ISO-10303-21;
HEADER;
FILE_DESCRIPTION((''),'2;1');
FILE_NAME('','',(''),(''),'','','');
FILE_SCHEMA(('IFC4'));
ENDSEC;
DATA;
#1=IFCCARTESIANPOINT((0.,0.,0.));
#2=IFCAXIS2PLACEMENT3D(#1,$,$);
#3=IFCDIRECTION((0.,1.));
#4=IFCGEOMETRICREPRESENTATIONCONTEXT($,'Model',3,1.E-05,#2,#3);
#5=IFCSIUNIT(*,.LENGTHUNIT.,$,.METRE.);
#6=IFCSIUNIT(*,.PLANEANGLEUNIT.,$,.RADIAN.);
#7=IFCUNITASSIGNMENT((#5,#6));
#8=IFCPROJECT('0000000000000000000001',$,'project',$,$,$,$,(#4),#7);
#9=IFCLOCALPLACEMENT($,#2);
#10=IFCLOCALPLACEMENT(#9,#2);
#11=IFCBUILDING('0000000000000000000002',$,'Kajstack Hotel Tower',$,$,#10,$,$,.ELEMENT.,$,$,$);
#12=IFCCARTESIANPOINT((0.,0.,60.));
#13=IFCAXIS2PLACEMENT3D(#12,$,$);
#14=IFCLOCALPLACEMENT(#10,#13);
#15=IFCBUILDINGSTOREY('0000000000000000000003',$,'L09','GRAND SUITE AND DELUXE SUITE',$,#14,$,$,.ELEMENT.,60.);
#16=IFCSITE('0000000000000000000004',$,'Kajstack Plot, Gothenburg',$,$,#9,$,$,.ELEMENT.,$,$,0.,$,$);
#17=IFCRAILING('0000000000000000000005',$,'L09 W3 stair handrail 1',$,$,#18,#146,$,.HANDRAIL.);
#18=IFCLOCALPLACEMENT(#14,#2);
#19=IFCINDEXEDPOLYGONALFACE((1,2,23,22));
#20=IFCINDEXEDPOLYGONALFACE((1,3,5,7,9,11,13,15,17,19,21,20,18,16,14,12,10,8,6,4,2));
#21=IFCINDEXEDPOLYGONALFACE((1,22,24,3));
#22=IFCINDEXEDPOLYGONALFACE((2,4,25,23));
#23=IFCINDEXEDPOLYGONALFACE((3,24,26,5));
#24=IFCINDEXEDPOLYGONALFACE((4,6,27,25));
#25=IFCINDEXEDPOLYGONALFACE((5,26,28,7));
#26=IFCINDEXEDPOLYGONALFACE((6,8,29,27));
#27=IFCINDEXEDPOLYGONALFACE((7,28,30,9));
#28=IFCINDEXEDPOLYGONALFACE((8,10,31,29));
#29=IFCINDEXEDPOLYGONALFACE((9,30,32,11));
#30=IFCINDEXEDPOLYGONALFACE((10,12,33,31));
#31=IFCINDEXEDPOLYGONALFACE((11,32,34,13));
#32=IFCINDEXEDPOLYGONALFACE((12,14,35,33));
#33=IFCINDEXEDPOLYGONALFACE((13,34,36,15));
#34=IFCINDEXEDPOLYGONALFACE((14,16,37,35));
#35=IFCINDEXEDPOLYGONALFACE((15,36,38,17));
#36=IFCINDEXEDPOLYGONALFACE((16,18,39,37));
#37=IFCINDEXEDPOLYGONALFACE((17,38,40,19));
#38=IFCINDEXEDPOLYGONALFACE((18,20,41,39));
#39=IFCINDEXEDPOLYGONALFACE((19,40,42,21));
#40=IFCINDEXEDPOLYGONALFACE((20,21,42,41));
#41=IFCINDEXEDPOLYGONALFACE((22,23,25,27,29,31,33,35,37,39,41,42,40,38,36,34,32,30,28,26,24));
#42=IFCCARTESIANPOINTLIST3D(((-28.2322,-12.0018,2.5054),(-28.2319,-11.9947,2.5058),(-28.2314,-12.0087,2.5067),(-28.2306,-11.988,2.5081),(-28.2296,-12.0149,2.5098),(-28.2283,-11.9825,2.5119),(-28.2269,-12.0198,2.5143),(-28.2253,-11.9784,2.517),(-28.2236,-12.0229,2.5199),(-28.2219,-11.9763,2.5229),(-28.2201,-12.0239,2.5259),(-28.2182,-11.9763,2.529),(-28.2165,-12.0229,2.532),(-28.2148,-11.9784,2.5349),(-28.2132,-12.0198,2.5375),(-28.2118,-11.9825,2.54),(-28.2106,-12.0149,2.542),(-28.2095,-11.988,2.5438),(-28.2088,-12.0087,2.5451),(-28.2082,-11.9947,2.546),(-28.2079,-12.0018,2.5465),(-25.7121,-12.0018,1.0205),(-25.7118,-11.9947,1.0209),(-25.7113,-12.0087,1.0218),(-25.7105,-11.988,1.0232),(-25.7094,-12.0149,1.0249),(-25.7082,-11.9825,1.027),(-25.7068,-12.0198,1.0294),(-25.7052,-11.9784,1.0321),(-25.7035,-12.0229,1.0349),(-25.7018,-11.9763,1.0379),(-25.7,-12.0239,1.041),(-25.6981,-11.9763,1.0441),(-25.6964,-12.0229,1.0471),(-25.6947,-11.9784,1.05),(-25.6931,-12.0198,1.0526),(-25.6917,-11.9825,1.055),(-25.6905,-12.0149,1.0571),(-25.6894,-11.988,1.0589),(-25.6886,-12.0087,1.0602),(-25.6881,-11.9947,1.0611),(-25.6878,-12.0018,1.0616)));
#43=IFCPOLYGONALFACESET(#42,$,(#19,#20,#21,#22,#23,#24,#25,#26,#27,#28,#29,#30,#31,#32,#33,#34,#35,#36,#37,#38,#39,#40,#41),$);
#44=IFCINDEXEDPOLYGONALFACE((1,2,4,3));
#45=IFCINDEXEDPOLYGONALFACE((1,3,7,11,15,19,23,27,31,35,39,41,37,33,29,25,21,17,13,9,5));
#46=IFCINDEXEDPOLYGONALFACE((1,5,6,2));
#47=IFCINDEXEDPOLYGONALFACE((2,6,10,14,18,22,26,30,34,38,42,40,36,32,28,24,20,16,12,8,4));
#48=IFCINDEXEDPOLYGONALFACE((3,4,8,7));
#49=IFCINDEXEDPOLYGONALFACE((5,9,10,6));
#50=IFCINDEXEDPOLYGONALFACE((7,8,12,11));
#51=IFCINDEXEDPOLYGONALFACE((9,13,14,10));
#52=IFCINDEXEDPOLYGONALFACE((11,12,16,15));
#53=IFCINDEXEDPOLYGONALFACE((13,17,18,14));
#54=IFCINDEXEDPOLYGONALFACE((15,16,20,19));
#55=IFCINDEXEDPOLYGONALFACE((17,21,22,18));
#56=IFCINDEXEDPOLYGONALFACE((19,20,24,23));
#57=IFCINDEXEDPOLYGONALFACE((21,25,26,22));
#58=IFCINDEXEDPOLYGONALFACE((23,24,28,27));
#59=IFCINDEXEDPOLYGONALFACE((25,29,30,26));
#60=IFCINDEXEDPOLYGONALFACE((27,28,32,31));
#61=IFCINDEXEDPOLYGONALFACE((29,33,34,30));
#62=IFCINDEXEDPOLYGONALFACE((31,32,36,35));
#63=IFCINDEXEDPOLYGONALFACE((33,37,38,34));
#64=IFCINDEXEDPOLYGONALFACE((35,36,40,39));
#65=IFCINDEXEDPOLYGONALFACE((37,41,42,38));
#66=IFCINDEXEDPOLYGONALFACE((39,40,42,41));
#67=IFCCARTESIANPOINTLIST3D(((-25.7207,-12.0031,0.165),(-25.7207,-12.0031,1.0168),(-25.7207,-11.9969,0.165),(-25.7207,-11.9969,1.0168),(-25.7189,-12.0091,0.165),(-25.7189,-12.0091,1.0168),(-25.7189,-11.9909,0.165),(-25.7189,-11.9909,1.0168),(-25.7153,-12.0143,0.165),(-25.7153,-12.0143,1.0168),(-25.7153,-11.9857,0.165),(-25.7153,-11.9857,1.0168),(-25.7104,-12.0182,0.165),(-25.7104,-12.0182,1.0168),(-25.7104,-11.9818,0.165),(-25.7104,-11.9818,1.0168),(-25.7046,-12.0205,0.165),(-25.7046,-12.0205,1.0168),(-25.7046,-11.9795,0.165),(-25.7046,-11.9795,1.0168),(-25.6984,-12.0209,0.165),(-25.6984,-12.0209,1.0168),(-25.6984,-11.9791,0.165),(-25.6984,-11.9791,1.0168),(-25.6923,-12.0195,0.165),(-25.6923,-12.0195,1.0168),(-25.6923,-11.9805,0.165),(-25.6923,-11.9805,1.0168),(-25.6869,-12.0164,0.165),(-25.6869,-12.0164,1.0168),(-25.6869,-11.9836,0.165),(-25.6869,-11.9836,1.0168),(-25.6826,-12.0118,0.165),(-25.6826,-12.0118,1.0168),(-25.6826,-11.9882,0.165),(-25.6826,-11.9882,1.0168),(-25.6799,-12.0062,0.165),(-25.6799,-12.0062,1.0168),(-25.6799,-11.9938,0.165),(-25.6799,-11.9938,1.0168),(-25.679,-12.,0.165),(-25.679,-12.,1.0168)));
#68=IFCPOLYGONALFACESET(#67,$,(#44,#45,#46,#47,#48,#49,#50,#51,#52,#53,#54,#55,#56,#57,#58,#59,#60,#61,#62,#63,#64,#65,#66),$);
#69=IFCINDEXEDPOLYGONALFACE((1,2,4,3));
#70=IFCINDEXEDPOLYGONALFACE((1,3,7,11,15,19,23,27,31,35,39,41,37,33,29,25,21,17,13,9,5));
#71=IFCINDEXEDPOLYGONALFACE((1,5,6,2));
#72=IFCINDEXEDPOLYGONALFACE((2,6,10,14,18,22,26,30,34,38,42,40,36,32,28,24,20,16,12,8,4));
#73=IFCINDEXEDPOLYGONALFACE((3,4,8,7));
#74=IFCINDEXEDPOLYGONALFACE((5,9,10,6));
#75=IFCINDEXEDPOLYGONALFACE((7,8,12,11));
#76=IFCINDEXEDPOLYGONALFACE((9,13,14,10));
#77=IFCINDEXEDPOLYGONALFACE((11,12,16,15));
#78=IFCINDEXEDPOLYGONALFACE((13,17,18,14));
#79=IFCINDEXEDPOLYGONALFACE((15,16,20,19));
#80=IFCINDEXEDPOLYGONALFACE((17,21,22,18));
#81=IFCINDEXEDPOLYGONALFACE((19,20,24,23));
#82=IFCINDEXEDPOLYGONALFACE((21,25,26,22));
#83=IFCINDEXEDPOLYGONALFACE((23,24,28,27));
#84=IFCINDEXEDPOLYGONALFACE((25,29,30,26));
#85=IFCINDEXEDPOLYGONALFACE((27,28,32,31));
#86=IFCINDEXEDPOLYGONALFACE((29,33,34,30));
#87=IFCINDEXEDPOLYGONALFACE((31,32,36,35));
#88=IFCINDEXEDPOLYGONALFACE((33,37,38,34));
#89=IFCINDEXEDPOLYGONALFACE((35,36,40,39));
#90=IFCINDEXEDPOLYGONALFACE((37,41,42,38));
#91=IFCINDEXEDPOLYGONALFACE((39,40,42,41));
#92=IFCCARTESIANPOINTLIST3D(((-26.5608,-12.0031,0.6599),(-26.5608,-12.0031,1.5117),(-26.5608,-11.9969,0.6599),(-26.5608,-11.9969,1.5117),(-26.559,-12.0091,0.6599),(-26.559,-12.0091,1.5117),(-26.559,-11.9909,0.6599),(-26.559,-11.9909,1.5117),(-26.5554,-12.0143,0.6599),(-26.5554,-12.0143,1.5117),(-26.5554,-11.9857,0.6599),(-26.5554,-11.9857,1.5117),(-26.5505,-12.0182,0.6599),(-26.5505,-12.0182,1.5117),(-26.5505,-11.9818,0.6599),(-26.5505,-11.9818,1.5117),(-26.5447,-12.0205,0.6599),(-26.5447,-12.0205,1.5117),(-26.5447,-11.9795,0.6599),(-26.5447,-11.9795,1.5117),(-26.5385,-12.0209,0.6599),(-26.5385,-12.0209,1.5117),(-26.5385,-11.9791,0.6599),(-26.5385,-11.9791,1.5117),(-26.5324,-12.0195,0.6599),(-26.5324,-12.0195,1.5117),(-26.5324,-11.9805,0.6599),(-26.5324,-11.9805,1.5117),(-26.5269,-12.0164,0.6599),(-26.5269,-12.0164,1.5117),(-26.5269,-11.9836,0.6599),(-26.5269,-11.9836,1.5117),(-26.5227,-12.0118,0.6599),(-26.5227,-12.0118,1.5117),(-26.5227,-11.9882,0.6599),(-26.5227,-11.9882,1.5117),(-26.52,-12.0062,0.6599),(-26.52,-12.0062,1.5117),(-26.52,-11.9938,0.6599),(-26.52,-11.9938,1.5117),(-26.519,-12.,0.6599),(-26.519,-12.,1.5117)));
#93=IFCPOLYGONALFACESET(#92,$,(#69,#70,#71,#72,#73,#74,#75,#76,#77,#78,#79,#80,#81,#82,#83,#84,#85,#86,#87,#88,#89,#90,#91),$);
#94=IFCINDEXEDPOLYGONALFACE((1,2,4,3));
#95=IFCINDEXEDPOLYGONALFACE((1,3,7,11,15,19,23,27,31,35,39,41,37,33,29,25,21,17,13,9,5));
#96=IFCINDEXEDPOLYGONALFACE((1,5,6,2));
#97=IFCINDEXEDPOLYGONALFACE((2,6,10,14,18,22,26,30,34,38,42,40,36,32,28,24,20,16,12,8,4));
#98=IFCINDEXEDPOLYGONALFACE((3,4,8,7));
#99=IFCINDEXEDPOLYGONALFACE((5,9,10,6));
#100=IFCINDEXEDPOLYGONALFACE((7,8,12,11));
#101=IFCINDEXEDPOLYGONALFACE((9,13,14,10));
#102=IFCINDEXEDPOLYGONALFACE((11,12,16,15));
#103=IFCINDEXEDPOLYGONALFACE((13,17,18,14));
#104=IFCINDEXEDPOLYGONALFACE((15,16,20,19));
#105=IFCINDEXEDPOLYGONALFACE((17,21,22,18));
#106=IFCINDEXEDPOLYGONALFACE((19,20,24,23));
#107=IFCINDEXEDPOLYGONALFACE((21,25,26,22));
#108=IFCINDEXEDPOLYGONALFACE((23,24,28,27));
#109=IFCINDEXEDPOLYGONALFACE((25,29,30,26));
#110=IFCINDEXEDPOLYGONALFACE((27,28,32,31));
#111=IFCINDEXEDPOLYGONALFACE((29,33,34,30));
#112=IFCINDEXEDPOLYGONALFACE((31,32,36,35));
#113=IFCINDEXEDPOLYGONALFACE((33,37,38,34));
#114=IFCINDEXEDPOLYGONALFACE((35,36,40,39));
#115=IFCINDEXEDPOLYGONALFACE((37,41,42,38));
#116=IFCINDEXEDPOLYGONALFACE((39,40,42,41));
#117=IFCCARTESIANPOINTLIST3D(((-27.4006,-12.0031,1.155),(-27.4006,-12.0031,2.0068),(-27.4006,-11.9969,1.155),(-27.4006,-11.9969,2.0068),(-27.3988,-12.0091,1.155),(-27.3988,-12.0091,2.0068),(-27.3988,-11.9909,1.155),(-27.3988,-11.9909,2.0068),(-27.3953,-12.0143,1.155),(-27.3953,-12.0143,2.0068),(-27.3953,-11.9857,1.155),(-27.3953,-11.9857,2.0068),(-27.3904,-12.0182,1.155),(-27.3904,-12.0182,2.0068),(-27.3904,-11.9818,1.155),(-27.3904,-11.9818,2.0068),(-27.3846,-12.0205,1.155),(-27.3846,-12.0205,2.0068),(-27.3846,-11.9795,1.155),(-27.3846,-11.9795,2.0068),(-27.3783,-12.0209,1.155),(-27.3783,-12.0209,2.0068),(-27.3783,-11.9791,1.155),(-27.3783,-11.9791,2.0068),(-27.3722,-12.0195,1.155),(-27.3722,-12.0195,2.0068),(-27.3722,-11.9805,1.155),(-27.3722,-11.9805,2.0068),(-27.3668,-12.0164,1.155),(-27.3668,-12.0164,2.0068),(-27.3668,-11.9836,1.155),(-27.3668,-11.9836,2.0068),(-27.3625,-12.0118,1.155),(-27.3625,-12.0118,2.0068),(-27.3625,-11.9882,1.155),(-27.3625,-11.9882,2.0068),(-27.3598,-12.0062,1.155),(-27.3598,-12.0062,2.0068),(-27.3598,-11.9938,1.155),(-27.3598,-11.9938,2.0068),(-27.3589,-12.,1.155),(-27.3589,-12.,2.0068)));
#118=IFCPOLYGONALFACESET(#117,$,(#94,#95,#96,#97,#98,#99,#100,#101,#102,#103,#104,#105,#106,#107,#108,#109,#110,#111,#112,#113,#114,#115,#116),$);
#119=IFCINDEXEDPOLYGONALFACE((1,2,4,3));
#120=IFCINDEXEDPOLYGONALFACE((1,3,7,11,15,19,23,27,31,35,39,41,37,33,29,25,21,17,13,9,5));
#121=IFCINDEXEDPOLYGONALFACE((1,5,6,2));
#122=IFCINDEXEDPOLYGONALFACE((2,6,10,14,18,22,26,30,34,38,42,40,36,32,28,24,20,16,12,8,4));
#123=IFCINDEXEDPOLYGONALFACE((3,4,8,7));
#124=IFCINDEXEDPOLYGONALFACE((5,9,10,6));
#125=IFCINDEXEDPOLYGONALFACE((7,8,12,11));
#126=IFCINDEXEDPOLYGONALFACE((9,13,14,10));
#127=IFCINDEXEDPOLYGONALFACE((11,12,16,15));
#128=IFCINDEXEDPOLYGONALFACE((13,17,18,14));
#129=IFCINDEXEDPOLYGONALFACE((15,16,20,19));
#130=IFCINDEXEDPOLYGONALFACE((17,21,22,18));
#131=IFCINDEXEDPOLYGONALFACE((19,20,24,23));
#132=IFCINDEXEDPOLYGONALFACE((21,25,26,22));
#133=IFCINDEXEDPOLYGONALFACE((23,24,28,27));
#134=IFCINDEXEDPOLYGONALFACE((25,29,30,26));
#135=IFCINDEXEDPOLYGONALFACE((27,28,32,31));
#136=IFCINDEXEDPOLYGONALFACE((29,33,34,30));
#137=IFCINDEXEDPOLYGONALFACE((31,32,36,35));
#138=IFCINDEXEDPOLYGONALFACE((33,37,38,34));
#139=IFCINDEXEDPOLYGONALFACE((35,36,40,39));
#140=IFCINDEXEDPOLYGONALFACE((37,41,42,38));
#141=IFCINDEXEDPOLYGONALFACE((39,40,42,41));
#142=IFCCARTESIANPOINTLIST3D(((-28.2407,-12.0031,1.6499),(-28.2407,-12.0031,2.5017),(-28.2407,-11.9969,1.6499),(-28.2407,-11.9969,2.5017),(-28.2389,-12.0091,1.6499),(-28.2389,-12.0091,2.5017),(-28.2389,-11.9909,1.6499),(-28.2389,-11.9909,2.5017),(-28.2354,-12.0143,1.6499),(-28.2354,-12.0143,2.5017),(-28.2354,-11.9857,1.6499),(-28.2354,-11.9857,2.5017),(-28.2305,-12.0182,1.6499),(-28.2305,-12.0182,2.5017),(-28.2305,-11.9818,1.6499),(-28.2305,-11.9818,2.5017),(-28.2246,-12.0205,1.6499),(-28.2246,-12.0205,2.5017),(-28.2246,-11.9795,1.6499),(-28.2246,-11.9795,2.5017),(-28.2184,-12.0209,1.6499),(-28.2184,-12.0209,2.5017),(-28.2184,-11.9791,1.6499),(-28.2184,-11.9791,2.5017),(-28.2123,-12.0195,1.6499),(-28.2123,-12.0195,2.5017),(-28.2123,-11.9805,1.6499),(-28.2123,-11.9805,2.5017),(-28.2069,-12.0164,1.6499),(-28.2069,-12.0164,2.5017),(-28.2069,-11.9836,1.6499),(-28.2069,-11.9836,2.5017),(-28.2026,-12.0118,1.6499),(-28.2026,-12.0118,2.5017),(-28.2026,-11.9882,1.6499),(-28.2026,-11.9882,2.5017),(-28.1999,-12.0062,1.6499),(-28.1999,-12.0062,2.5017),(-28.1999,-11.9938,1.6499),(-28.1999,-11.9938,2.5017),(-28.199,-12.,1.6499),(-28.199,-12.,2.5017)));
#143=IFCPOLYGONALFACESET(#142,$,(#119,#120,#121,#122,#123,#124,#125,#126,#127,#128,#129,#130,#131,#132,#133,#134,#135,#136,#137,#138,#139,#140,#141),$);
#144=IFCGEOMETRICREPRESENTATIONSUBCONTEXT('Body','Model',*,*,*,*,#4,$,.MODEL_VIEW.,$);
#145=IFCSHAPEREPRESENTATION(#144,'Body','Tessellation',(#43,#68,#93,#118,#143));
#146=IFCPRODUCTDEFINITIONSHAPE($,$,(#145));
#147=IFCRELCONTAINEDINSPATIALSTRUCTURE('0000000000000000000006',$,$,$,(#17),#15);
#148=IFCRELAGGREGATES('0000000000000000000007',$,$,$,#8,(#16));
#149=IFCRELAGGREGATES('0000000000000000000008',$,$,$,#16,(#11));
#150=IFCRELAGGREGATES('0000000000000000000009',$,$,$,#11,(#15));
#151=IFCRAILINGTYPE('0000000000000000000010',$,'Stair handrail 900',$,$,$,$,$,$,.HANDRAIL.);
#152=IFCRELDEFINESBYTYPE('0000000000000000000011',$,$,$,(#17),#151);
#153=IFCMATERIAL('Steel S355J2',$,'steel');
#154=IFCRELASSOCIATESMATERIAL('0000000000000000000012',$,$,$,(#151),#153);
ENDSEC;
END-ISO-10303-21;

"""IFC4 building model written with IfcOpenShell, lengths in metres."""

from ifc_helpers import new_model, si_unit, direction, frame, origin, origin_2d, place, context, subcontext, project, spatial, circle, extrude, material, type_object, element, save


model = new_model("IFC4")

# Units and contexts
model_context = context("Model", 3, precision=1e-05, world=origin(), true_north=direction((0.0, 1.0)))
body_context = subcontext(model_context, "Body", "Model", "MODEL_VIEW")
ifc_project = project(units=[si_unit("LENGTHUNIT", "METRE"), si_unit("PLANEANGLEUNIT", "RADIAN")], contexts=[model_context])

# Site, building, storey
site_placement = place(None, origin())
site = spatial("IfcSite", under=ifc_project, at=site_placement, Name="Kajstack Plot, Gothenburg", CompositionType="ELEMENT", RefElevation=0.0)
building_placement = place(site_placement, origin())
building = spatial("IfcBuilding", under=site, at=building_placement, Name="Kajstack Hotel Tower", CompositionType="ELEMENT")
storey_placement = place(building_placement, frame((0.0, 0.0, 60.0)))
storey = spatial("IfcBuildingStorey", under=building, at=storey_placement, Name="L09", Description="GRAND SUITE AND DELUXE SUITE", CompositionType="ELEMENT", Elevation=60.0)

# Railing
ifc_material_1 = material(Name="Steel S355J2", Category="steel")
railing_type_1 = type_object("IfcRailingType", Name="Stair handrail 900", PredefinedType="HANDRAIL", material=ifc_material_1)
railing_1_placement = place(storey_placement, frame((-25.7, -12.0, 0.165)))
element("IfcRailing", 1, at=railing_1_placement, inside=storey, type_object=railing_type_1, Name="L09 W3 stair handrail 1", PredefinedType="HANDRAIL", context=body_context, shape_type="SweptSolid", body=[
    extrude(circle(Radius=0.0239, at=origin_2d()), frame((0.0, 0.0, 0.876), z_axis=(-0.861561, 0.0, 0.507655), x_axis=(0.0, -1.0, 0.0)), (0.0, 0.0, 1.0), 2.925),
    extrude(circle(Radius=0.021, at=origin_2d()), origin(), (0.0, 0.0, 1.0), 0.8518),
    extrude(circle(Radius=0.021, at=origin_2d()), frame((-0.8401, 0.0, 0.4949)), (0.0, 0.0, 1.0), 0.8518),
    extrude(circle(Radius=0.021, at=origin_2d()), frame((-1.6799, 0.0, 0.99)), (0.0, 0.0, 1.0), 0.8518),
    extrude(circle(Radius=0.021, at=origin_2d()), frame((-2.52, 0.0, 1.4849)), (0.0, 0.0, 1.0), 0.8518),
])

save(model, "model.ifc")
